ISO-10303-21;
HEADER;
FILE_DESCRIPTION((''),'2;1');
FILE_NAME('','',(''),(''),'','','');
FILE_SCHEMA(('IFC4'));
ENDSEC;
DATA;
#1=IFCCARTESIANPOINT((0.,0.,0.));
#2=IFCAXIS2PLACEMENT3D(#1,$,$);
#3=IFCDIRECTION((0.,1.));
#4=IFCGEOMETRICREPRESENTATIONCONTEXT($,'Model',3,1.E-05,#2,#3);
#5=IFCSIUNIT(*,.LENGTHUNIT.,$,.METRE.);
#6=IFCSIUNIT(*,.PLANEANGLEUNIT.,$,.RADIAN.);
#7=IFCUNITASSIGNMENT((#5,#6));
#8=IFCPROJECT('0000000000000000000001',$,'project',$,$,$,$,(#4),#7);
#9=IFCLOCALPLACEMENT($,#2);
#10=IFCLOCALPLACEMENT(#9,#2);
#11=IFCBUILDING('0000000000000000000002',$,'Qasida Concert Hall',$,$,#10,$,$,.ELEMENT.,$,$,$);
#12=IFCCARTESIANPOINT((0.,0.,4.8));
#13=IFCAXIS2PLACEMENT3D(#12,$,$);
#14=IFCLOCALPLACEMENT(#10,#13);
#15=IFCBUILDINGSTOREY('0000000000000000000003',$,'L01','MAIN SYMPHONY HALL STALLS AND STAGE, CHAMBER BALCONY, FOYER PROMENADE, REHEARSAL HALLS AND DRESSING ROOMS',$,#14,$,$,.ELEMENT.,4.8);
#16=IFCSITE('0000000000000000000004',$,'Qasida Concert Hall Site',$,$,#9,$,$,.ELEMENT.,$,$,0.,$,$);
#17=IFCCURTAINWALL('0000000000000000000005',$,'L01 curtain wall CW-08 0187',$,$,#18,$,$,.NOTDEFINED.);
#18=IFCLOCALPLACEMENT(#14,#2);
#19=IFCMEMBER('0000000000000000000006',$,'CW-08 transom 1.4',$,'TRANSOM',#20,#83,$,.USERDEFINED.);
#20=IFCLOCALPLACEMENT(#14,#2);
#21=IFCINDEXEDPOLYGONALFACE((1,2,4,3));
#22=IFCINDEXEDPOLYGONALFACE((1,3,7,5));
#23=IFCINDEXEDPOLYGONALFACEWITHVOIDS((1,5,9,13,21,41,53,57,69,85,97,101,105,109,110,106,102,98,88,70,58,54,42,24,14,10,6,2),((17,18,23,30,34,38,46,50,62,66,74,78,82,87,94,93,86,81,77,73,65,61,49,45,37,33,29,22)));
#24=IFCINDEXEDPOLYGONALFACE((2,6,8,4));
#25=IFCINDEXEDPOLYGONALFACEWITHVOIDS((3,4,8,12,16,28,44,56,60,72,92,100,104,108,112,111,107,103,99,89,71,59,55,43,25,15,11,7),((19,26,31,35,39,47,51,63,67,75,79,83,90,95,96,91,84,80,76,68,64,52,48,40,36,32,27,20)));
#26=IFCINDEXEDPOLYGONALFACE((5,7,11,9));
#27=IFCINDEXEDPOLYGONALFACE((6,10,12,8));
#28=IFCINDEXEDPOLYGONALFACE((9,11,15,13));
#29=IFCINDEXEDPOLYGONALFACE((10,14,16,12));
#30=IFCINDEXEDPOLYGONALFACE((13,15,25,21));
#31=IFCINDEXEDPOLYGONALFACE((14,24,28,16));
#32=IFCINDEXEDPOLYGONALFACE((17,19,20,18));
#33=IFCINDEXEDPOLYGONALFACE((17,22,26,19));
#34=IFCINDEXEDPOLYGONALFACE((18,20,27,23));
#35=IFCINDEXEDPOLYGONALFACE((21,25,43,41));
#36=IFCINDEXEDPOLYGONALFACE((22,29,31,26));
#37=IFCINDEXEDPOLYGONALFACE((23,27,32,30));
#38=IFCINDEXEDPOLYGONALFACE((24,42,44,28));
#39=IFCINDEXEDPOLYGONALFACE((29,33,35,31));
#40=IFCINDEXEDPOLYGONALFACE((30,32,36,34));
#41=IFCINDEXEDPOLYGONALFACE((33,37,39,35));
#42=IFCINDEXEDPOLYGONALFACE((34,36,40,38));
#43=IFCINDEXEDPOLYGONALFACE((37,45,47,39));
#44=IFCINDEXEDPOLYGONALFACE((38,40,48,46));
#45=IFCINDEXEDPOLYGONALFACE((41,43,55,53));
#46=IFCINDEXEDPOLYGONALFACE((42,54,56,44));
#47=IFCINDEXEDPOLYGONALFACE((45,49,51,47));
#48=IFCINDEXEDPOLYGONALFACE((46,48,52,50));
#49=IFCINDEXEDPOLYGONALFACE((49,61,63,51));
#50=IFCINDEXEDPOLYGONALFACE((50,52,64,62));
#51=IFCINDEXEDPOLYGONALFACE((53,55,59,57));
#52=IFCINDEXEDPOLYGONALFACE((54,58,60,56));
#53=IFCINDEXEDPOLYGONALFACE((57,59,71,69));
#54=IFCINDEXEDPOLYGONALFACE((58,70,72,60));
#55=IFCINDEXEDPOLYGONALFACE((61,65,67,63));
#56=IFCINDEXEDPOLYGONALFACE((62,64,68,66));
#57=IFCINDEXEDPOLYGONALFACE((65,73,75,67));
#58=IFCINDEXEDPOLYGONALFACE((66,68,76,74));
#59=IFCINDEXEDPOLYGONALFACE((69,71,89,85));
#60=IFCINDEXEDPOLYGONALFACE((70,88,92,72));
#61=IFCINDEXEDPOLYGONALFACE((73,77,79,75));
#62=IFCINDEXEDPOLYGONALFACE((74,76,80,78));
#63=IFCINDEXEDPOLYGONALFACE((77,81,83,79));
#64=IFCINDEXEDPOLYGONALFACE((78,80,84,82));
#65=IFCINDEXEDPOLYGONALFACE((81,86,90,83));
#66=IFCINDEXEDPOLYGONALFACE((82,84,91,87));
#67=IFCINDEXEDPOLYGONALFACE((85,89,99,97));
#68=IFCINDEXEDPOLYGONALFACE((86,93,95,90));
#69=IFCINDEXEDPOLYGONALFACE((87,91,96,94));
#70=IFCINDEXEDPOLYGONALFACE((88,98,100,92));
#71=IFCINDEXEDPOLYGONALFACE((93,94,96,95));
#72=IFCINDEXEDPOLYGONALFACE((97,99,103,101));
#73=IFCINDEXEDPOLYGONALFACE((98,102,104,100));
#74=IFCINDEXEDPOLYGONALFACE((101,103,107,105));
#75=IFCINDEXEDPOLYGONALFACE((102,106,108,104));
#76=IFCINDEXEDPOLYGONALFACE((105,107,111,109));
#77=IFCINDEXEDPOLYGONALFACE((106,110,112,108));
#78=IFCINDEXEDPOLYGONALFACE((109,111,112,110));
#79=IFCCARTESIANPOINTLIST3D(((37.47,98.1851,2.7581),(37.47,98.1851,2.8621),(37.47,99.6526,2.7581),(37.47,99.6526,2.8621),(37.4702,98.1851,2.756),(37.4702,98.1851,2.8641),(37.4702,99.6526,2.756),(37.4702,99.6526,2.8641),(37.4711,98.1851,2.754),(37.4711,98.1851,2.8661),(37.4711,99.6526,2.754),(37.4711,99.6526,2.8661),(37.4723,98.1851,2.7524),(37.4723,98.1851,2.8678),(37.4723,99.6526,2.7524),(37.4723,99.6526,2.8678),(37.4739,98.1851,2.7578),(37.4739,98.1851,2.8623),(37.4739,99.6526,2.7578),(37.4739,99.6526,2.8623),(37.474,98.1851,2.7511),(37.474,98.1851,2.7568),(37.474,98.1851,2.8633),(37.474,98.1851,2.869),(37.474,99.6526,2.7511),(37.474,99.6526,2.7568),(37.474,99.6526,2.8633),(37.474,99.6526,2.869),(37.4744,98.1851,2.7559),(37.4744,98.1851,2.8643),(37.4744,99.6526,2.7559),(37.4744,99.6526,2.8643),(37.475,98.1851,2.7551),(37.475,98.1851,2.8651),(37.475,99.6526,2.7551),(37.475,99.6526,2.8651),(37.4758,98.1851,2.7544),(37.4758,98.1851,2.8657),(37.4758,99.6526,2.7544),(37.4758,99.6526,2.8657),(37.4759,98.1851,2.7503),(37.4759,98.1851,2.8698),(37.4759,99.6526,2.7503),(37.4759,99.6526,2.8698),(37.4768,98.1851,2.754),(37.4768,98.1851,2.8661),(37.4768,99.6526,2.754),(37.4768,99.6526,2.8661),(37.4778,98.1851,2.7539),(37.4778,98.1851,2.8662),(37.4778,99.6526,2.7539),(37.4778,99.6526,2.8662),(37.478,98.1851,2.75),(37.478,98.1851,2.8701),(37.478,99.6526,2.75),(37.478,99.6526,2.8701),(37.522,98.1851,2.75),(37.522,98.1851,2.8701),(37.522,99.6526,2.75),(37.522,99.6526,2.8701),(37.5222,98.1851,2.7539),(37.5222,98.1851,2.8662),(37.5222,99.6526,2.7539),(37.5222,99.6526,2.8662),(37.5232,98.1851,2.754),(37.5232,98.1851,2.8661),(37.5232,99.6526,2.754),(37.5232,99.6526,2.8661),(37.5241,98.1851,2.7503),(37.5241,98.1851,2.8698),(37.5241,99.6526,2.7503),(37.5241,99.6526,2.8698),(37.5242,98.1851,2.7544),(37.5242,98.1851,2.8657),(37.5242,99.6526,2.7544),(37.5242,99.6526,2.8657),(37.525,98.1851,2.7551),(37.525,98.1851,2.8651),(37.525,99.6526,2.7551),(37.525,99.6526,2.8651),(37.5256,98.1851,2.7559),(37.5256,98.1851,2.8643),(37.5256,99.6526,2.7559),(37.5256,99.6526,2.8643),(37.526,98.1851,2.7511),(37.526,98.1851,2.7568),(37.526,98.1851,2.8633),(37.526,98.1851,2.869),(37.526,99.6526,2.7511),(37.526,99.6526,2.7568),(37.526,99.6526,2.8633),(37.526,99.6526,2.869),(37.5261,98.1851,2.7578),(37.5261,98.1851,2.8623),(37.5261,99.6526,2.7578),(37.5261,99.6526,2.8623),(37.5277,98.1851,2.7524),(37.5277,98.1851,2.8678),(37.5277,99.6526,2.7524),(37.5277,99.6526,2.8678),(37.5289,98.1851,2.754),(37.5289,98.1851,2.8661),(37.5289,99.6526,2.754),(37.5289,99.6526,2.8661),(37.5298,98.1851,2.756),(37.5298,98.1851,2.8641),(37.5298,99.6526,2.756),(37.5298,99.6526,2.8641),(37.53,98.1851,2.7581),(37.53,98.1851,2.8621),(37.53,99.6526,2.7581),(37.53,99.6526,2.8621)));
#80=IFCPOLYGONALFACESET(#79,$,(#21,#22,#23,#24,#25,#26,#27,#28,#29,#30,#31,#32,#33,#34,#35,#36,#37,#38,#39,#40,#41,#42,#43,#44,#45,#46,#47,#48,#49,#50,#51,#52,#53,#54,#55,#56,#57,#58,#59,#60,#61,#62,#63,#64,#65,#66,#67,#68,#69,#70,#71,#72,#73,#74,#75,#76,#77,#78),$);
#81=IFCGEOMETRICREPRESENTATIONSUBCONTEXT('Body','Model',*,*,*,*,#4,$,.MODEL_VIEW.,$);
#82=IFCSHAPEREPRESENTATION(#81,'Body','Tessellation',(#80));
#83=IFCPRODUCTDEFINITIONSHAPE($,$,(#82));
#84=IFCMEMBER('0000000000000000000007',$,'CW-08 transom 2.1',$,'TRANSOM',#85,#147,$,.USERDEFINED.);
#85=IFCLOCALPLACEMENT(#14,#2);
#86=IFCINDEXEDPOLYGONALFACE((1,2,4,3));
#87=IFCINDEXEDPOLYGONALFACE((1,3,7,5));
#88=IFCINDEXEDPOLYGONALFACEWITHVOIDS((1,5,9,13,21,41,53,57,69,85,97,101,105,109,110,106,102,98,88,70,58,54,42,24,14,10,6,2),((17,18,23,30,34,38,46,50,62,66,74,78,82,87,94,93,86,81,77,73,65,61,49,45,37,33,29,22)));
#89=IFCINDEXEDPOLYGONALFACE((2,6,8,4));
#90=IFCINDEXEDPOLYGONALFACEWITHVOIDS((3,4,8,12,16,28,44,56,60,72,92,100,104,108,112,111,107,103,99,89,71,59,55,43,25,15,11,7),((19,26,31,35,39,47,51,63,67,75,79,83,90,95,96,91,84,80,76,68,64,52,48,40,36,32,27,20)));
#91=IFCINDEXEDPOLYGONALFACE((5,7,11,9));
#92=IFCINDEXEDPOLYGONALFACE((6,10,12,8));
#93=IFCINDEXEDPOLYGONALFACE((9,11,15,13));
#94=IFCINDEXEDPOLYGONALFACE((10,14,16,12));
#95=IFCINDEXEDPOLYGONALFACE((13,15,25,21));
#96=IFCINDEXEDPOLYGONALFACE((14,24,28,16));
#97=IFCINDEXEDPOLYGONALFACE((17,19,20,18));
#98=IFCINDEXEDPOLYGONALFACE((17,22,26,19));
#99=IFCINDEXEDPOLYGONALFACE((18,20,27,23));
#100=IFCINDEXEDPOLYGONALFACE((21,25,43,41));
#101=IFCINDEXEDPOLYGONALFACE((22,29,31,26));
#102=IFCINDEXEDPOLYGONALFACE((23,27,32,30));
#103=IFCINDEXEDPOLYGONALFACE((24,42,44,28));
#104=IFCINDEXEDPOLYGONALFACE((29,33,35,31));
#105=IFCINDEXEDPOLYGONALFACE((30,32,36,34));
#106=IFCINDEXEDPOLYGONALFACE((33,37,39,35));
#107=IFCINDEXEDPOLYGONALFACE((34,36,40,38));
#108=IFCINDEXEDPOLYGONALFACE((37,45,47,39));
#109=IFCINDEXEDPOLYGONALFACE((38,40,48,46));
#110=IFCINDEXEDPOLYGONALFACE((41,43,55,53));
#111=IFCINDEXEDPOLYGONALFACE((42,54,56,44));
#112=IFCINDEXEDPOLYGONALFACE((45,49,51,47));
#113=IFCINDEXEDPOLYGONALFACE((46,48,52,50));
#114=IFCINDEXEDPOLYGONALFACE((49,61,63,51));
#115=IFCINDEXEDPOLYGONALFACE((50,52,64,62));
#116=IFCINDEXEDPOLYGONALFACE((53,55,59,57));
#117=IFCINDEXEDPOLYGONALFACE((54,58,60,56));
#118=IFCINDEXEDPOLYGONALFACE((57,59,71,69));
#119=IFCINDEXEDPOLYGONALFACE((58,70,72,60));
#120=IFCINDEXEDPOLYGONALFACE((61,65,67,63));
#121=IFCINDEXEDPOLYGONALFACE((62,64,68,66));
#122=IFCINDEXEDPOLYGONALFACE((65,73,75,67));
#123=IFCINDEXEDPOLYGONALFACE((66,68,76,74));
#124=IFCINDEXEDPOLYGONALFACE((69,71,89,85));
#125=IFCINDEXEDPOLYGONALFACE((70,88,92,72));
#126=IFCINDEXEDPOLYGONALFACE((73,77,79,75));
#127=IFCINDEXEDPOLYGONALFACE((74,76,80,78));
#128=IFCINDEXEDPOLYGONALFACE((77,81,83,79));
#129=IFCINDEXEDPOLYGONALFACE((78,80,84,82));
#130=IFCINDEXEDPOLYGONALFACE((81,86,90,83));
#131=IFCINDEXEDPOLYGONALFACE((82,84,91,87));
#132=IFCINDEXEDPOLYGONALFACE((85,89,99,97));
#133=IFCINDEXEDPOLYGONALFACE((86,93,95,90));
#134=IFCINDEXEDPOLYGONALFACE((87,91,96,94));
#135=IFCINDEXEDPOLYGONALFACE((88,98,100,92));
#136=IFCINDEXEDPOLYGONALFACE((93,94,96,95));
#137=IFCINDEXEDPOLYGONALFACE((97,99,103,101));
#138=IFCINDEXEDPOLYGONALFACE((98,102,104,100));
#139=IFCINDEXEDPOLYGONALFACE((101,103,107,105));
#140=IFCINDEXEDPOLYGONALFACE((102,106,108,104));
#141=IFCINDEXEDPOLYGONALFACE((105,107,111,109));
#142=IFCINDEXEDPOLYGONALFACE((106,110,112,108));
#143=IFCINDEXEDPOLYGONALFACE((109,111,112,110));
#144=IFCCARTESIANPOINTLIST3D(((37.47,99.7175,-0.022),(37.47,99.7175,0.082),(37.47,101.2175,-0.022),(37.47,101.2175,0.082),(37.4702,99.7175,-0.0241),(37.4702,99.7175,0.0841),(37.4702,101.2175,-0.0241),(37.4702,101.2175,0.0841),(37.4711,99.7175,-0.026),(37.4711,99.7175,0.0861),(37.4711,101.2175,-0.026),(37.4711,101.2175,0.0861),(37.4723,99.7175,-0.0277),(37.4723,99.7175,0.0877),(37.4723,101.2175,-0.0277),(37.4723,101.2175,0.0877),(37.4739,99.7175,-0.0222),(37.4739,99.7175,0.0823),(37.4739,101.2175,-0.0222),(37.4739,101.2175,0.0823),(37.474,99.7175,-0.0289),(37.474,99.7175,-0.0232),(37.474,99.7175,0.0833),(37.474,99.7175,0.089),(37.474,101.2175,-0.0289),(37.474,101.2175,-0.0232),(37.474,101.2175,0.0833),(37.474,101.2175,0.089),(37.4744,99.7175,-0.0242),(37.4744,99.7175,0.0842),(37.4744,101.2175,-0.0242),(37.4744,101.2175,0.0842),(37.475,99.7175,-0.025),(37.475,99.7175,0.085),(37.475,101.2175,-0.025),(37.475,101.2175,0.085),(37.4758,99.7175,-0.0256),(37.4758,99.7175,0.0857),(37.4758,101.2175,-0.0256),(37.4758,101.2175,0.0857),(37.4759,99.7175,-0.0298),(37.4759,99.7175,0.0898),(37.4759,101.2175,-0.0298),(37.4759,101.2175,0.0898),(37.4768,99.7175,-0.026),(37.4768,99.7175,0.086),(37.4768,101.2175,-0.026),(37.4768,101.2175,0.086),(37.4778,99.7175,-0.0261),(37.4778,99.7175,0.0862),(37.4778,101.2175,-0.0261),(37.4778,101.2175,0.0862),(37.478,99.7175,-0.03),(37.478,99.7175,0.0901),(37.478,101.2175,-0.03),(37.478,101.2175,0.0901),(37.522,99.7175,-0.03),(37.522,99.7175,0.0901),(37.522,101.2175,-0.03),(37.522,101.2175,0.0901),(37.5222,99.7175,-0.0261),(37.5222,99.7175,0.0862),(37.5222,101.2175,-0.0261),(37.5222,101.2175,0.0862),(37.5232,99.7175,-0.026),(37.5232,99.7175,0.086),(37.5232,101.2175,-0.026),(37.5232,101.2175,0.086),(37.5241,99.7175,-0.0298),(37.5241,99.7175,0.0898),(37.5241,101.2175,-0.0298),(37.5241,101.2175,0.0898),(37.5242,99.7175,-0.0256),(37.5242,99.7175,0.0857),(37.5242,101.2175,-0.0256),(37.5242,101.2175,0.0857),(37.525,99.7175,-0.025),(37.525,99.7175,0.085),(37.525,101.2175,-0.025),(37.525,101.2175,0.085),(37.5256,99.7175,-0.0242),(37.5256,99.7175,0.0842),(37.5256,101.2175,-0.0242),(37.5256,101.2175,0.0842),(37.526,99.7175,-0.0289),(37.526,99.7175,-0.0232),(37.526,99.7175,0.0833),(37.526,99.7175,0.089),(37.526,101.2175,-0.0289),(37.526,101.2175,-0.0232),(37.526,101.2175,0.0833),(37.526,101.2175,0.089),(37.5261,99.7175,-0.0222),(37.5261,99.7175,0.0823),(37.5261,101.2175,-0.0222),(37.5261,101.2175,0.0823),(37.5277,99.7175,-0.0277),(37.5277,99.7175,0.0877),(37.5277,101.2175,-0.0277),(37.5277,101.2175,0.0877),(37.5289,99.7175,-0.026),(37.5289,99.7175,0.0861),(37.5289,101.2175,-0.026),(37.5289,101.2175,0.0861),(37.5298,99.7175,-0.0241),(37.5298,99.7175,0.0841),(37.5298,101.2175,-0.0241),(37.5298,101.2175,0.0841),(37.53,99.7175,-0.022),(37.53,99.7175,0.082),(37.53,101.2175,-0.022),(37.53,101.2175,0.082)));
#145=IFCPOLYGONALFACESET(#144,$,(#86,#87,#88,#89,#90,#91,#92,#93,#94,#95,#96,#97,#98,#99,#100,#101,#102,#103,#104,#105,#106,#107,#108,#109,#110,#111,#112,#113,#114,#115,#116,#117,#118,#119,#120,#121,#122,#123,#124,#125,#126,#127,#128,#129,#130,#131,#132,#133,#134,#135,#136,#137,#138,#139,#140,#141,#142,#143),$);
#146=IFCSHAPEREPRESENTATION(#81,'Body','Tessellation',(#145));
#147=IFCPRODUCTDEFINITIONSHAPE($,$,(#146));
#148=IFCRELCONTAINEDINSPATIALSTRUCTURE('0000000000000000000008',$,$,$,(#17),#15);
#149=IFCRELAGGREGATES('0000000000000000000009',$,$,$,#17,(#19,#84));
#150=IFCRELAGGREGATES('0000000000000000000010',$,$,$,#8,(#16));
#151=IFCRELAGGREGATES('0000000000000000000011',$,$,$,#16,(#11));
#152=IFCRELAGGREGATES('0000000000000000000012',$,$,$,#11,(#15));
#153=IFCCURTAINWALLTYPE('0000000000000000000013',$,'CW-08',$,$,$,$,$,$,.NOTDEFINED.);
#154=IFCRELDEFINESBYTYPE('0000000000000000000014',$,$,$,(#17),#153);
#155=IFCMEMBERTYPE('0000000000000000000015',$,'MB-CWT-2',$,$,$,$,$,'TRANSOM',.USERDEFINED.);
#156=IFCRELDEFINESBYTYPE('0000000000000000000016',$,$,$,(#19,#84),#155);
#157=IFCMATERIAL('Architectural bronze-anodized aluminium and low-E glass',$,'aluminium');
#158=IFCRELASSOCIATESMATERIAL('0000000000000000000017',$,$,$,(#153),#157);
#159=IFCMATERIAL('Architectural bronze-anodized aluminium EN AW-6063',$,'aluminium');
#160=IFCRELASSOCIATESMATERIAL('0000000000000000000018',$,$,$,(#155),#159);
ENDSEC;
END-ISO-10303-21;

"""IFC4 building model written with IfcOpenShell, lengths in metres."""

from ifc_helpers import new_model, si_unit, direction, frame, origin, origin_2d, place, context, subcontext, project, spatial, hollow_rectangle, extrude, material, material_profile, profile_set, type_object, element, aggregate, save


model = new_model("IFC4")

# Units and contexts
model_context = context("Model", 3, precision=1e-05, world=origin(), true_north=direction((0.0, 1.0)))
body_context = subcontext(model_context, "Body", "Model", "MODEL_VIEW")
ifc_project = project(units=[si_unit("LENGTHUNIT", "METRE"), si_unit("PLANEANGLEUNIT", "RADIAN")], contexts=[model_context])

# Site, building, storey
site_placement = place(None, origin())
site = spatial("IfcSite", under=ifc_project, at=site_placement, Name="Qasida Concert Hall Site", CompositionType="ELEMENT", RefElevation=0.0)
building_placement = place(site_placement, origin())
building = spatial("IfcBuilding", under=site, at=building_placement, Name="Qasida Concert Hall", CompositionType="ELEMENT")
storey_placement = place(building_placement, frame((0.0, 0.0, 4.8)))
storey = spatial("IfcBuildingStorey", under=building, at=storey_placement, Name="L01", Description="MAIN SYMPHONY HALL STALLS AND STAGE, CHAMBER BALCONY, FOYER PROMENADE, REHEARSAL HALLS AND DRESSING ROOMS", CompositionType="ELEMENT", Elevation=4.8)

# Curtain wall
ifc_material_1 = material(Name="Architectural bronze-anodized aluminium and low-E glass", Category="aluminium")
curtain_wall_type = type_object("IfcCurtainWallType", Name="CW-08", PredefinedType="NOTDEFINED", material=ifc_material_1)
ifc_material_2 = material(Name="Architectural bronze-anodized aluminium EN AW-6063", Category="aluminium")
curtain_wall_1_placement = place(storey_placement, origin())
curtain_wall_1 = element("IfcCurtainWall", 1, at=curtain_wall_1_placement, inside=storey, type_object=curtain_wall_type, Name="L01 curtain wall CW-08 0187", PredefinedType="NOTDEFINED")

# Members
ifc_material_profile_1 = material_profile(ifc_material_2, hollow_rectangle(XDim=0.0601, YDim=0.1201, WallThickness=0.0039, InnerFilletRadius=0.0039, OuterFilletRadius=0.0081, at=origin_2d()), Name="CWT 120x60x4")
ifc_profile_set_1 = profile_set([ifc_material_profile_1], Name="Architectural bronze-anodized aluminium EN AW-6063")
member_type_1 = type_object("IfcMemberType", Name="MB-CWT-2", ElementType="TRANSOM", PredefinedType="USERDEFINED", material=ifc_profile_set_1)
member_1_placement = place(storey_placement, frame((37.5, 98.1851, 2.8101), z_axis=(0.0, 1.0, 0.0), x_axis=(-1.0, 0.0, 0.0)))
member_1 = element("IfcMember", 2, at=member_1_placement, type_object=member_type_1, Name="CW-08 transom 1.4", ObjectType="TRANSOM", PredefinedType="USERDEFINED", context=body_context, shape_type="SweptSolid", body=[
    extrude(hollow_rectangle(XDim=0.0601, YDim=0.1201, WallThickness=0.0039, InnerFilletRadius=0.0039, OuterFilletRadius=0.0081, at=origin_2d()), origin(), (0.0, 0.0, 1.0), 1.4675),
])
member_2_placement = place(storey_placement, frame((37.5, 99.7175, 0.03), z_axis=(0.0, 1.0, 0.0), x_axis=(-1.0, 0.0, 0.0)))
member_2 = element("IfcMember", 3, at=member_2_placement, type_object=member_type_1, Name="CW-08 transom 2.1", ObjectType="TRANSOM", PredefinedType="USERDEFINED", context=body_context, shape_type="SweptSolid", body=[
    extrude(hollow_rectangle(XDim=0.0601, YDim=0.1201, WallThickness=0.0039, InnerFilletRadius=0.0039, OuterFilletRadius=0.0081, at=origin_2d()), origin(), (0.0, 0.0, 1.0), 1.5),
])

aggregate(curtain_wall_1, [member_1, member_2])

save(model, "model.ifc")
